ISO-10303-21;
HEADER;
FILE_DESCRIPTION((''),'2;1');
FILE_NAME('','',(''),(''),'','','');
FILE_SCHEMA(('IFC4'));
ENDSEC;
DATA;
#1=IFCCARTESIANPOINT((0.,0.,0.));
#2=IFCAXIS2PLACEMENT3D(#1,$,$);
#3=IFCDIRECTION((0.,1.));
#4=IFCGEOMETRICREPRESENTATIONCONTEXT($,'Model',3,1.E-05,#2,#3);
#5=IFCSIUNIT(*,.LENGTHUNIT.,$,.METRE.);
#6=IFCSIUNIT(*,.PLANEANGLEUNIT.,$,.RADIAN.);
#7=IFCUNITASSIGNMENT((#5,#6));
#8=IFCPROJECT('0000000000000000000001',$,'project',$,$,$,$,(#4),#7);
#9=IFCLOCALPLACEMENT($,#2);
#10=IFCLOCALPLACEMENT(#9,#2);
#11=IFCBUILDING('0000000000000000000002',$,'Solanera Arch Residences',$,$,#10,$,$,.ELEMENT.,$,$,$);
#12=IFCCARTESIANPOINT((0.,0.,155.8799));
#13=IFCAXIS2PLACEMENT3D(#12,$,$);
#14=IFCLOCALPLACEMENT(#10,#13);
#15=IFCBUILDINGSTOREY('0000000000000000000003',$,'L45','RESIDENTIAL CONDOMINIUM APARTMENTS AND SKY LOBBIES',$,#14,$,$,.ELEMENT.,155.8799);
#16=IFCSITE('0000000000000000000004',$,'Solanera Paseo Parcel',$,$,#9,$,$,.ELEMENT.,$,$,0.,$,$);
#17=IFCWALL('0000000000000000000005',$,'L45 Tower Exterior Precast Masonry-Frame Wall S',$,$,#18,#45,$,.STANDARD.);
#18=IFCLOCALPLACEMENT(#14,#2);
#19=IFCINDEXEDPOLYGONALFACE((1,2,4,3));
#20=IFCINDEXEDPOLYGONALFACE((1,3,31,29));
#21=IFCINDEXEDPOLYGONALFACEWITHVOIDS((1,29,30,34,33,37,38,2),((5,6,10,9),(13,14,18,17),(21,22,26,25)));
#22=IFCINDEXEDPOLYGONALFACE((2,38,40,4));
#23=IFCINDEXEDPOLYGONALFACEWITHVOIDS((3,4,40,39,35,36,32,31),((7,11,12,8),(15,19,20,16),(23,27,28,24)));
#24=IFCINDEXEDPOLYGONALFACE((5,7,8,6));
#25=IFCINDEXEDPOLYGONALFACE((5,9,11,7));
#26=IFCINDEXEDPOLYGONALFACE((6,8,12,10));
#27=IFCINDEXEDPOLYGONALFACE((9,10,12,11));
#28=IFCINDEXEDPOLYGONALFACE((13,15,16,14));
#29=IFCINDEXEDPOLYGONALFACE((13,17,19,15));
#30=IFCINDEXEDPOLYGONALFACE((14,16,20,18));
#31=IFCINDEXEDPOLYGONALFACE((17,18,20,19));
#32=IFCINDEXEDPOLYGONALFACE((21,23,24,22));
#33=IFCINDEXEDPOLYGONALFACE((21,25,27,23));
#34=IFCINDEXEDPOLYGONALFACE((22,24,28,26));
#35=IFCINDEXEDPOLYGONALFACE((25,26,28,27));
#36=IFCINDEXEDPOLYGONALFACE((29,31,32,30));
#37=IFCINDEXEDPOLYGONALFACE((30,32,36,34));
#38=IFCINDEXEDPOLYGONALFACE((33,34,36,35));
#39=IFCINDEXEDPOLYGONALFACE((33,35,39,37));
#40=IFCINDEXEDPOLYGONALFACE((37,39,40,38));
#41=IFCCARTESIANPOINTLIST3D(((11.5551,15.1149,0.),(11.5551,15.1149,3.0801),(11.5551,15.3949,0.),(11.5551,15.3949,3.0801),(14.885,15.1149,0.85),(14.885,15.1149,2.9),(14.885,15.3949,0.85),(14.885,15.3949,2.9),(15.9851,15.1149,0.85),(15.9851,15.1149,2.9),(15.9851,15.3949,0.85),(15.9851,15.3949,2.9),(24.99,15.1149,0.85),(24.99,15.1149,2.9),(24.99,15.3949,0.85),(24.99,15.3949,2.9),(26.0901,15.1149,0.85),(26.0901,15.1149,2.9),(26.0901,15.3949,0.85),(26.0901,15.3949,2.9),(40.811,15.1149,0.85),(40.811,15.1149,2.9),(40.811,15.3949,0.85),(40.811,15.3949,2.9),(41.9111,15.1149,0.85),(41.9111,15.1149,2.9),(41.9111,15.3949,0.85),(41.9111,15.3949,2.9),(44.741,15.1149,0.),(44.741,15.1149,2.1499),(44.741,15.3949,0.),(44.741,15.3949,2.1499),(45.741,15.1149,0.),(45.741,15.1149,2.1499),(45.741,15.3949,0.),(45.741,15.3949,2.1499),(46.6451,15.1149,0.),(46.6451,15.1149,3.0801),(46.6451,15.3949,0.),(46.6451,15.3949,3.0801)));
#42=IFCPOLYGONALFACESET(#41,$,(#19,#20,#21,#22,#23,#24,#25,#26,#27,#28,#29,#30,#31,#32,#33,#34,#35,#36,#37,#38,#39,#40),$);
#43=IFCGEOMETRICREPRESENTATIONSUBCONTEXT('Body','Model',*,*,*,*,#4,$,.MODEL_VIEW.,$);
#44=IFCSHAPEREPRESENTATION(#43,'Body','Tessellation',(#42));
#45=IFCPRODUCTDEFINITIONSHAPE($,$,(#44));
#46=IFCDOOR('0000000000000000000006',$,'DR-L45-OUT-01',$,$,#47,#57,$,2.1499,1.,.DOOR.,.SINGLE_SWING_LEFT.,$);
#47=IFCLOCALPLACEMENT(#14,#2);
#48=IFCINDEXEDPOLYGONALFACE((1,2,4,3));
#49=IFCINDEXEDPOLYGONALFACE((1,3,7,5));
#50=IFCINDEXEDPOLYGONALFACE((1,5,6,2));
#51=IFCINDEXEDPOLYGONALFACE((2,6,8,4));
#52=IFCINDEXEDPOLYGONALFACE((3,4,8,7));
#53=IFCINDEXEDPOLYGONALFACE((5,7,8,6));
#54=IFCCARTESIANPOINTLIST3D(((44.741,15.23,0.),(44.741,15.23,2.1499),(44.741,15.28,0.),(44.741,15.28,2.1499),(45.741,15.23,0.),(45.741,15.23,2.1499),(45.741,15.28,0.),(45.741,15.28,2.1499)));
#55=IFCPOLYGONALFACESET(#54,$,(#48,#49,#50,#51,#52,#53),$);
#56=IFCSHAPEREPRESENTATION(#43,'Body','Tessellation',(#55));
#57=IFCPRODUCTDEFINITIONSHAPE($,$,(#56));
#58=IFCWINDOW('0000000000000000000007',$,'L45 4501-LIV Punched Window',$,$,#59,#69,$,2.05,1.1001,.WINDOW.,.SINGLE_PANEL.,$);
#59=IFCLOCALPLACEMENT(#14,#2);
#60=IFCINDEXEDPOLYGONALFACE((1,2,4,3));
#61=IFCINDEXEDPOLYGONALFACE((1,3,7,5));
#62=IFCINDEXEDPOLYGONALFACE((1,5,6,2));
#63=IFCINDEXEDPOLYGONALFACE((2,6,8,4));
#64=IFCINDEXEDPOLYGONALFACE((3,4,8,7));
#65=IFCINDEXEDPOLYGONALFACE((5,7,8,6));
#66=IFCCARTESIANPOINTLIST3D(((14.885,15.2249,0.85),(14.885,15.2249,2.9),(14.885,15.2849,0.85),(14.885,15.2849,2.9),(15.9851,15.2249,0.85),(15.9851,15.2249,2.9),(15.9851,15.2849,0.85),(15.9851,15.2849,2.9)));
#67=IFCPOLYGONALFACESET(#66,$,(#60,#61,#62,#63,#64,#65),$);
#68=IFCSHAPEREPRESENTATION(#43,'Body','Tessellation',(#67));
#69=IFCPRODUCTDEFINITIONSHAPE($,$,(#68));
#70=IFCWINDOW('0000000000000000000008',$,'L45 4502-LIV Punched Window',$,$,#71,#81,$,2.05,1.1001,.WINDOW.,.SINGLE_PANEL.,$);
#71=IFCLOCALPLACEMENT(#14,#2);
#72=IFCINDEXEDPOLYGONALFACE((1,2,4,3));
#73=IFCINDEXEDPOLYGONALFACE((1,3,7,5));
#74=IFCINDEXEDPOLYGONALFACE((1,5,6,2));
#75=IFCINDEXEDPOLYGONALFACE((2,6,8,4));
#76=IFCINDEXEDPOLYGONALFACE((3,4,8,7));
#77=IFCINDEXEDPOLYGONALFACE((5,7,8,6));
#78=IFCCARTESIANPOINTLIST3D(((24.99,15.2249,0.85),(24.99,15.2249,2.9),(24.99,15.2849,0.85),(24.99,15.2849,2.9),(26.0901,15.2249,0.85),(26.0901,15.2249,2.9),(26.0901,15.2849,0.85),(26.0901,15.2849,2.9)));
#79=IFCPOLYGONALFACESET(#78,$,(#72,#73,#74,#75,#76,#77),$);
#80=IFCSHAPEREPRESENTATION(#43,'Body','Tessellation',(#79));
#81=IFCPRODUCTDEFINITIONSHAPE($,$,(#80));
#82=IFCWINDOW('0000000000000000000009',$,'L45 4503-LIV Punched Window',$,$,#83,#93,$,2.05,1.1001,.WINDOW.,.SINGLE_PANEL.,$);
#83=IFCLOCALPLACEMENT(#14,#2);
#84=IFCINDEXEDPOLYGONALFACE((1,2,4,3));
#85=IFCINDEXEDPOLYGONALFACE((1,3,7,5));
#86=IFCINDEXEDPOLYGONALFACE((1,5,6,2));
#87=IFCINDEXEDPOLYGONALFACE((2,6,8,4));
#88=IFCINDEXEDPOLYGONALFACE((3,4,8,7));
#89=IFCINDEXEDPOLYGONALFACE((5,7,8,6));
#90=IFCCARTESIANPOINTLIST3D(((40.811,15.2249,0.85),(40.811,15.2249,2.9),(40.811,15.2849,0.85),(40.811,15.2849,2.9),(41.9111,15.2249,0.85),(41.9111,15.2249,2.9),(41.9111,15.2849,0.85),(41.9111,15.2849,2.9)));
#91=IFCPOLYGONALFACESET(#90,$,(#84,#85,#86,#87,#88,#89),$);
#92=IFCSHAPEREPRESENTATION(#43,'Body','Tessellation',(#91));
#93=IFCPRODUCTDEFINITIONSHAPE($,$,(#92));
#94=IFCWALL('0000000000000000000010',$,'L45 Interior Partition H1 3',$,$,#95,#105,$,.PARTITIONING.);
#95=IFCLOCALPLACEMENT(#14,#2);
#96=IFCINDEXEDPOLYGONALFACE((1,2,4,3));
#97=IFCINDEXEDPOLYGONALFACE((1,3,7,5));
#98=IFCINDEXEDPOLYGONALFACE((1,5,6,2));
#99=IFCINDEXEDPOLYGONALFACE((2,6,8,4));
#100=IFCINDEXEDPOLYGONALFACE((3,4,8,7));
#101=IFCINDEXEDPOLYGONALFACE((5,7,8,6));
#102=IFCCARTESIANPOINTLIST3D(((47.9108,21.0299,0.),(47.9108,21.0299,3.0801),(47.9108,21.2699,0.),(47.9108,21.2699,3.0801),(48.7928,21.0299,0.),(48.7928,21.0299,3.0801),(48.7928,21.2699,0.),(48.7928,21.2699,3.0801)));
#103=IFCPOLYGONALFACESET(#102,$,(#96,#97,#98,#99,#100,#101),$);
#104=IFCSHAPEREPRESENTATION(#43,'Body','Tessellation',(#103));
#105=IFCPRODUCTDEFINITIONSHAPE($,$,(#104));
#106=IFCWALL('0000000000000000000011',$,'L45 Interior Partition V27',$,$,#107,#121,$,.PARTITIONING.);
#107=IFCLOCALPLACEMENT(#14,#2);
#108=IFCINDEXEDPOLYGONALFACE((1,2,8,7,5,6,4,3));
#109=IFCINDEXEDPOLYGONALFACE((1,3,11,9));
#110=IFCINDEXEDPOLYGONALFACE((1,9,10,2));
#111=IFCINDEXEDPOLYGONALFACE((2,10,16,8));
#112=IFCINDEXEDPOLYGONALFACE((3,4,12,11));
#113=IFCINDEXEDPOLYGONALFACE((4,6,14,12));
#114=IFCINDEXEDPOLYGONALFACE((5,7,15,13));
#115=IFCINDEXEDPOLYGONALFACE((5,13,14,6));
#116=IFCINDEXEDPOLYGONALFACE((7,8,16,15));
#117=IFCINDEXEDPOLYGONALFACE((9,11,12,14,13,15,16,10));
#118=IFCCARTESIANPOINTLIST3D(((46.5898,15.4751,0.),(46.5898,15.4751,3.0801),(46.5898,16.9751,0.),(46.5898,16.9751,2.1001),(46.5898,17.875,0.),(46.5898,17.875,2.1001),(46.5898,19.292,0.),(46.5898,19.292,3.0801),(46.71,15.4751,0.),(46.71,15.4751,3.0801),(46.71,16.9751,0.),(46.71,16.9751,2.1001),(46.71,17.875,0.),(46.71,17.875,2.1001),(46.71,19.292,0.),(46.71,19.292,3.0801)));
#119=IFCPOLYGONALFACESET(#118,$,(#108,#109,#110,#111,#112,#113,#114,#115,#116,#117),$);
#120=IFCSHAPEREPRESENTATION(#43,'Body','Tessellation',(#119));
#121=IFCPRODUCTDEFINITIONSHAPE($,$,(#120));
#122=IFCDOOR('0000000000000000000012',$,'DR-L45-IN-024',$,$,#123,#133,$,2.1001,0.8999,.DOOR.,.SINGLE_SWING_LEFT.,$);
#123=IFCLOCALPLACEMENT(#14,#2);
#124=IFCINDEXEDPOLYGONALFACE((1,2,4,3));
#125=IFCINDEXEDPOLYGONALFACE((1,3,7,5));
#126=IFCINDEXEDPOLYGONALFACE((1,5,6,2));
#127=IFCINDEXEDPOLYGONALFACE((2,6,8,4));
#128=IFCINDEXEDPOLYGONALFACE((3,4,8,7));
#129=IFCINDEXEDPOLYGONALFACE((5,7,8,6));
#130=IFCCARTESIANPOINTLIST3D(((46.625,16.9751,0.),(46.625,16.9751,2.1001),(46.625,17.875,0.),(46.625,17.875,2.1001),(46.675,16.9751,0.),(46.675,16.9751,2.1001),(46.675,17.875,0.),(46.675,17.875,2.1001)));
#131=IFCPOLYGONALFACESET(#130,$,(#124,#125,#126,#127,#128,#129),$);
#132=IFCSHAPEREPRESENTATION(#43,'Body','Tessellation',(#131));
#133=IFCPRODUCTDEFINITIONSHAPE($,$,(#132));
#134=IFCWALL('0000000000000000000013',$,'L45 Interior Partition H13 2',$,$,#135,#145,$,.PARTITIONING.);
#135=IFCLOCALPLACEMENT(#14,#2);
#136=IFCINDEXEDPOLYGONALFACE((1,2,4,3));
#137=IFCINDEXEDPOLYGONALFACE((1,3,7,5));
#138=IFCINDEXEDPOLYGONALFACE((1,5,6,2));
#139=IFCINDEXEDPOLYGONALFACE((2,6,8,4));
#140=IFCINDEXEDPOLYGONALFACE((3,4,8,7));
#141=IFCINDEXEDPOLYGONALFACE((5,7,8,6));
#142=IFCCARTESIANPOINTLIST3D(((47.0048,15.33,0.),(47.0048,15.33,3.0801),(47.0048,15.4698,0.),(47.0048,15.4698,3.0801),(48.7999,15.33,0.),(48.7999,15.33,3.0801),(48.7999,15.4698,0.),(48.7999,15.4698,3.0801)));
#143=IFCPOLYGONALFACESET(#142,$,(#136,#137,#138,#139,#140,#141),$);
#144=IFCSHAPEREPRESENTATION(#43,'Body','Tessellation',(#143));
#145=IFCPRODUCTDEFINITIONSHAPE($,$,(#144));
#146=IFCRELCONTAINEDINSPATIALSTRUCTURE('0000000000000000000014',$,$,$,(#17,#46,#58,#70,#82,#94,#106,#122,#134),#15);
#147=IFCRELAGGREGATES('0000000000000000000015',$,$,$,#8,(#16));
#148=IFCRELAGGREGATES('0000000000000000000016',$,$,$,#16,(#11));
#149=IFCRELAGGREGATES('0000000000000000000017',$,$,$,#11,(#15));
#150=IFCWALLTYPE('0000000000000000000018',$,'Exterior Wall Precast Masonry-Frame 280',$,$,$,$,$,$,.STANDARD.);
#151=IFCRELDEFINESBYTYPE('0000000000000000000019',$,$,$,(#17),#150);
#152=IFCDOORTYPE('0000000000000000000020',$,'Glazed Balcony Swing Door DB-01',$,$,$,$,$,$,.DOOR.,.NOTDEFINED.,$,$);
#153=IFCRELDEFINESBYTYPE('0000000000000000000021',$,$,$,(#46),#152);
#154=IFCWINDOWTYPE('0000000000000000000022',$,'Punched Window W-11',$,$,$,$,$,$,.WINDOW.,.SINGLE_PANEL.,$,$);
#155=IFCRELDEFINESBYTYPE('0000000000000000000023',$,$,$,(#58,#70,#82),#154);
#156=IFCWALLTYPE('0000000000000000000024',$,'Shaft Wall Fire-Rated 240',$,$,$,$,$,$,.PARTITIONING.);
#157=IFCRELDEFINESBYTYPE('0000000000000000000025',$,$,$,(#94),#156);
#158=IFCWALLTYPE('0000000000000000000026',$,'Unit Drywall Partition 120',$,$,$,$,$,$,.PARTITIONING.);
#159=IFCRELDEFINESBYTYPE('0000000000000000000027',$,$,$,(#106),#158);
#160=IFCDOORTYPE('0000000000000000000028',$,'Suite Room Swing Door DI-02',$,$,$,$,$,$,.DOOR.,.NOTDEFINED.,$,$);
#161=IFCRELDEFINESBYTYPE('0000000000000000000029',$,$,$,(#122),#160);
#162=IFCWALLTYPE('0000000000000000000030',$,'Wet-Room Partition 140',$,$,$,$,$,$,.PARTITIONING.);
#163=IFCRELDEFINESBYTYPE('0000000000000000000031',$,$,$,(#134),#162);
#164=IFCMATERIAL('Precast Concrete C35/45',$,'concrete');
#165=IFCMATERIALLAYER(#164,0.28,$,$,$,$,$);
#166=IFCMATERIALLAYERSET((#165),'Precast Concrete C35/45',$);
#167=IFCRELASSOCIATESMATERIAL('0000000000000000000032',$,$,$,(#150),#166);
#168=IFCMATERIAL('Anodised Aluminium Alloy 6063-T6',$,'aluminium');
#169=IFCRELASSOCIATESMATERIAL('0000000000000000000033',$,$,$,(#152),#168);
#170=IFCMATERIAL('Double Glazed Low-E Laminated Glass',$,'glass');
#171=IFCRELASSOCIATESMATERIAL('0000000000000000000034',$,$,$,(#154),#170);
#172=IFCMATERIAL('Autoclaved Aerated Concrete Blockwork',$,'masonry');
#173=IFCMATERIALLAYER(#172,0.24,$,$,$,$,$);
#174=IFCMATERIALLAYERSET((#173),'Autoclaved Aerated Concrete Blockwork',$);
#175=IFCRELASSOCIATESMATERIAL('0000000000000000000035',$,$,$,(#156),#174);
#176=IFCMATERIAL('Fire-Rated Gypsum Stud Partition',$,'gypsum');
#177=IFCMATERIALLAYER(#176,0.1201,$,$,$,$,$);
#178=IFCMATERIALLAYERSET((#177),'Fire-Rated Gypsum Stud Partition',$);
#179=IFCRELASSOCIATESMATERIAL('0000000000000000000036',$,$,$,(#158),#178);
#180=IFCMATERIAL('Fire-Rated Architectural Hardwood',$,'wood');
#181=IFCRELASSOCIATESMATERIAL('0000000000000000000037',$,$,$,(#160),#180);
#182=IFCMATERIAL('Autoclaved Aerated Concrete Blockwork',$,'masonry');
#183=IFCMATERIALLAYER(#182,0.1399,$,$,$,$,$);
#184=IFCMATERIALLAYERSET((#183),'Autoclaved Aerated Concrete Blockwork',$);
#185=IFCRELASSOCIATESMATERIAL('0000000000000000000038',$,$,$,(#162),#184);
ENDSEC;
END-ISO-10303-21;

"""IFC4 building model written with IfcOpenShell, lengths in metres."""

from ifc_helpers import new_model, si_unit, direction, frame, frame_2d, origin, place, context, subcontext, project, spatial, rectangle, extrude, material, layer, layer_set, type_object, element, fill, save


model = new_model("IFC4")

# Units and contexts
model_context = context("Model", 3, precision=1e-05, world=origin(), true_north=direction((0.0, 1.0)))
body_context = subcontext(model_context, "Body", "Model", "MODEL_VIEW")
ifc_project = project(units=[si_unit("LENGTHUNIT", "METRE"), si_unit("PLANEANGLEUNIT", "RADIAN")], contexts=[model_context])

# Site, building, storey
site_placement = place(None, origin())
site = spatial("IfcSite", under=ifc_project, at=site_placement, Name="Solanera Paseo Parcel", CompositionType="ELEMENT", RefElevation=0.0)
building_placement = place(site_placement, origin())
building = spatial("IfcBuilding", under=site, at=building_placement, Name="Solanera Arch Residences", CompositionType="ELEMENT")
storey_placement = place(building_placement, frame((0.0, 0.0, 155.8799)))
storey = spatial("IfcBuildingStorey", under=building, at=storey_placement, Name="L45", Description="RESIDENTIAL CONDOMINIUM APARTMENTS AND SKY LOBBIES", CompositionType="ELEMENT", Elevation=155.8799)

# Shared definitions
ifc_material_1 = material(Name="Precast Concrete C35/45", Category="concrete")
ifc_layer_1 = layer(ifc_material_1, 0.28)
ifc_layer_set_1 = layer_set([ifc_layer_1], Name="Precast Concrete C35/45")
wall_type_1 = type_object("IfcWallType", Name="Exterior Wall Precast Masonry-Frame 280", PredefinedType="STANDARD", material=ifc_layer_set_1)

# Wall, openings, door, windows
wall_1_placement = place(storey_placement, frame((46.645, 15.2549, 0.0), z_axis=(0.0, 0.0, 1.0), x_axis=(-1.0, 0.0, 0.0)))
wall_1 = element("IfcWall", 1, at=wall_1_placement, inside=storey, type_object=wall_type_1, Name="L45 Tower Exterior Precast Masonry-Frame Wall S", PredefinedType="STANDARD", context=body_context, shape_type="SweptSolid", body=[
    extrude(rectangle(XDim=35.0901, YDim=0.28, at=frame_2d((17.5449, 0.0))), origin(), (0.0, 0.0, 1.0), 3.0801),
])
opening_1_placement = place(wall_1_placement, frame((0.9041, 0.0, 0.0)))
opening_1 = element("IfcOpeningElement", 2, at=opening_1_placement, cuts=wall_1, PredefinedType="OPENING", context=body_context, shape_type="SweptSolid", body=[
    extrude(rectangle(XDim=1.0, YDim=2.1499, at=frame_2d((0.5, 1.075))), frame((0.0, 0.1499, 0.0), z_axis=(0.0, -1.0, 0.0), x_axis=(1.0, 0.0, 0.0)), (0.0, 0.0, 1.0), 0.3),
])
opening_2_placement = place(wall_1_placement, frame((30.6599, 0.0, 0.8501)))
opening_2 = element("IfcOpeningElement", 3, at=opening_2_placement, cuts=wall_1, PredefinedType="OPENING", context=body_context, shape_type="SweptSolid", body=[
    extrude(rectangle(XDim=1.1001, YDim=2.05, at=frame_2d((0.55, 1.0249))), frame((0.0, 0.1499, 0.0), z_axis=(0.0, -1.0, 0.0), x_axis=(1.0, 0.0, 0.0)), (0.0, 0.0, 1.0), 0.3),
])
opening_3_placement = place(wall_1_placement, frame((20.5549, 0.0, 0.8501)))
opening_3 = element("IfcOpeningElement", 4, at=opening_3_placement, cuts=wall_1, PredefinedType="OPENING", context=body_context, shape_type="SweptSolid", body=[
    extrude(rectangle(XDim=1.1001, YDim=2.05, at=frame_2d((0.55, 1.0249))), frame((0.0, 0.1499, 0.0), z_axis=(0.0, -1.0, 0.0), x_axis=(1.0, 0.0, 0.0)), (0.0, 0.0, 1.0), 0.3),
])
opening_4_placement = place(wall_1_placement, frame((4.7339, 0.0, 0.8501)))
opening_4 = element("IfcOpeningElement", 5, at=opening_4_placement, cuts=wall_1, PredefinedType="OPENING", context=body_context, shape_type="SweptSolid", body=[
    extrude(rectangle(XDim=1.1001, YDim=2.05, at=frame_2d((0.55, 1.0249))), frame((0.0, 0.1499, 0.0), z_axis=(0.0, -1.0, 0.0), x_axis=(1.0, 0.0, 0.0)), (0.0, 0.0, 1.0), 0.3),
])
ifc_material_2 = material(Name="Anodised Aluminium Alloy 6063-T6", Category="aluminium")
door_type_1 = type_object("IfcDoorType", Name="Glazed Balcony Swing Door DB-01", OperationType="NOTDEFINED", PredefinedType="DOOR", material=ifc_material_2)
door_1_placement = place(opening_1_placement, origin())
door_1 = element("IfcDoor", 6, at=door_1_placement, inside=storey, type_object=door_type_1, Name="DR-L45-OUT-01", OperationType="SINGLE_SWING_LEFT", OverallHeight=2.1499, OverallWidth=1.0, PredefinedType="DOOR", context=body_context, shape_type="SweptSolid", body=[
    extrude(rectangle(XDim=1.0, YDim=2.1499, at=frame_2d((0.5, 1.075))), frame((0.0, 0.0249, 0.0), z_axis=(0.0, -1.0, 0.0), x_axis=(1.0, 0.0, 0.0)), (0.0, 0.0, 1.0), 0.05),
])
fill(opening_1, door_1)
ifc_material_3 = material(Name="Double Glazed Low-E Laminated Glass", Category="glass")
window_type = type_object("IfcWindowType", Name="Punched Window W-11", PartitioningType="SINGLE_PANEL", PredefinedType="WINDOW", material=ifc_material_3)
window_1_placement = place(opening_2_placement, origin())
window_1 = element("IfcWindow", 7, at=window_1_placement, inside=storey, type_object=window_type, Name="L45 4501-LIV Punched Window", OverallHeight=2.05, OverallWidth=1.1001, PartitioningType="SINGLE_PANEL", PredefinedType="WINDOW", context=body_context, shape_type="SweptSolid", body=[
    extrude(rectangle(XDim=1.1001, YDim=2.05, at=frame_2d((0.55, 1.0249))), frame((0.0, 0.03, 0.0), z_axis=(0.0, -1.0, 0.0), x_axis=(1.0, 0.0, 0.0)), (0.0, 0.0, 1.0), 0.0601),
])
fill(opening_2, window_1)
window_2_placement = place(opening_3_placement, origin())
window_2 = element("IfcWindow", 8, at=window_2_placement, inside=storey, type_object=window_type, Name="L45 4502-LIV Punched Window", OverallHeight=2.05, OverallWidth=1.1001, PartitioningType="SINGLE_PANEL", PredefinedType="WINDOW", context=body_context, shape_type="SweptSolid", body=[
    extrude(rectangle(XDim=1.1001, YDim=2.05, at=frame_2d((0.55, 1.0249))), frame((0.0, 0.03, 0.0), z_axis=(0.0, -1.0, 0.0), x_axis=(1.0, 0.0, 0.0)), (0.0, 0.0, 1.0), 0.0601),
])
fill(opening_3, window_2)
window_3_placement = place(opening_4_placement, origin())
window_3 = element("IfcWindow", 9, at=window_3_placement, inside=storey, type_object=window_type, Name="L45 4503-LIV Punched Window", OverallHeight=2.05, OverallWidth=1.1001, PartitioningType="SINGLE_PANEL", PredefinedType="WINDOW", context=body_context, shape_type="SweptSolid", body=[
    extrude(rectangle(XDim=1.1001, YDim=2.05, at=frame_2d((0.55, 1.0249))), frame((0.0, 0.03, 0.0), z_axis=(0.0, -1.0, 0.0), x_axis=(1.0, 0.0, 0.0)), (0.0, 0.0, 1.0), 0.0601),
])
fill(opening_4, window_3)

# Wall
ifc_material_4 = material(Name="Autoclaved Aerated Concrete Blockwork", Category="masonry")
ifc_layer_2 = layer(ifc_material_4, 0.24)
ifc_layer_set_2 = layer_set([ifc_layer_2], Name="Autoclaved Aerated Concrete Blockwork")
wall_type_2 = type_object("IfcWallType", Name="Shaft Wall Fire-Rated 240", PredefinedType="PARTITIONING", material=ifc_layer_set_2)
wall_2_placement = place(storey_placement, frame((47.9109, 21.1499, 0.0), z_axis=(0.0, 0.0, 1.0), x_axis=(1.0, 0.0, 0.0)))
element("IfcWall", 10, at=wall_2_placement, inside=storey, type_object=wall_type_2, Name="L45 Interior Partition H1 3", PredefinedType="PARTITIONING", context=body_context, shape_type="SweptSolid", body=[
    extrude(rectangle(XDim=0.8821, YDim=0.24, at=frame_2d((0.4409, 0.0))), origin(), (0.0, 0.0, 1.0), 3.0801),
])

# Wall, opening, door
ifc_material_5 = material(Name="Fire-Rated Gypsum Stud Partition", Category="gypsum")
ifc_layer_3 = layer(ifc_material_5, 0.1201)
ifc_layer_set_3 = layer_set([ifc_layer_3], Name="Fire-Rated Gypsum Stud Partition")
wall_type_3 = type_object("IfcWallType", Name="Unit Drywall Partition 120", PredefinedType="PARTITIONING", material=ifc_layer_set_3)
wall_3_placement = place(storey_placement, frame((46.6499, 15.4751, 0.0), z_axis=(0.0, 0.0, 1.0), x_axis=(0.0, 1.0, 0.0)))
wall_3 = element("IfcWall", 11, at=wall_3_placement, inside=storey, type_object=wall_type_3, Name="L45 Interior Partition V27", PredefinedType="PARTITIONING", context=body_context, shape_type="SweptSolid", body=[
    extrude(rectangle(XDim=3.8169, YDim=0.1201, at=frame_2d((1.9084, 0.0))), origin(), (0.0, 0.0, 1.0), 3.0801),
])
opening_5_placement = place(wall_3_placement, frame((1.5, 0.0, 0.0)))
opening_5 = element("IfcOpeningElement", 12, at=opening_5_placement, cuts=wall_3, PredefinedType="OPENING", context=body_context, shape_type="SweptSolid", body=[
    extrude(rectangle(XDim=0.8999, YDim=2.1001, at=frame_2d((0.45, 1.05))), frame((0.0, 0.0701, 0.0), z_axis=(0.0, -1.0, 0.0), x_axis=(1.0, 0.0, 0.0)), (0.0, 0.0, 1.0), 0.1401),
])
ifc_material_6 = material(Name="Fire-Rated Architectural Hardwood", Category="wood")
door_type_2 = type_object("IfcDoorType", Name="Suite Room Swing Door DI-02", OperationType="NOTDEFINED", PredefinedType="DOOR", material=ifc_material_6)
door_2_placement = place(opening_5_placement, origin())
door_2 = element("IfcDoor", 13, at=door_2_placement, inside=storey, type_object=door_type_2, Name="DR-L45-IN-024", OperationType="SINGLE_SWING_LEFT", OverallHeight=2.1001, OverallWidth=0.8999, PredefinedType="DOOR", context=body_context, shape_type="SweptSolid", body=[
    extrude(rectangle(XDim=0.8999, YDim=2.1001, at=frame_2d((0.45, 1.05))), frame((0.0, 0.0249, 0.0), z_axis=(0.0, -1.0, 0.0), x_axis=(1.0, 0.0, 0.0)), (0.0, 0.0, 1.0), 0.05),
])
fill(opening_5, door_2)

# Wall
ifc_material_7 = material(Name="Autoclaved Aerated Concrete Blockwork", Category="masonry")
ifc_layer_4 = layer(ifc_material_7, 0.1399)
ifc_layer_set_4 = layer_set([ifc_layer_4], Name="Autoclaved Aerated Concrete Blockwork")
wall_type_4 = type_object("IfcWallType", Name="Wet-Room Partition 140", PredefinedType="PARTITIONING", material=ifc_layer_set_4)
wall_4_placement = place(storey_placement, frame((47.0049, 15.3999, 0.0), z_axis=(0.0, 0.0, 1.0), x_axis=(1.0, 0.0, 0.0)))
element("IfcWall", 14, at=wall_4_placement, inside=storey, type_object=wall_type_4, Name="L45 Interior Partition H13 2", PredefinedType="PARTITIONING", context=body_context, shape_type="SweptSolid", body=[
    extrude(rectangle(XDim=1.7952, YDim=0.1399, at=frame_2d((0.8975, 0.0))), origin(), (0.0, 0.0, 1.0), 3.0801),
])

save(model, "model.ifc")
